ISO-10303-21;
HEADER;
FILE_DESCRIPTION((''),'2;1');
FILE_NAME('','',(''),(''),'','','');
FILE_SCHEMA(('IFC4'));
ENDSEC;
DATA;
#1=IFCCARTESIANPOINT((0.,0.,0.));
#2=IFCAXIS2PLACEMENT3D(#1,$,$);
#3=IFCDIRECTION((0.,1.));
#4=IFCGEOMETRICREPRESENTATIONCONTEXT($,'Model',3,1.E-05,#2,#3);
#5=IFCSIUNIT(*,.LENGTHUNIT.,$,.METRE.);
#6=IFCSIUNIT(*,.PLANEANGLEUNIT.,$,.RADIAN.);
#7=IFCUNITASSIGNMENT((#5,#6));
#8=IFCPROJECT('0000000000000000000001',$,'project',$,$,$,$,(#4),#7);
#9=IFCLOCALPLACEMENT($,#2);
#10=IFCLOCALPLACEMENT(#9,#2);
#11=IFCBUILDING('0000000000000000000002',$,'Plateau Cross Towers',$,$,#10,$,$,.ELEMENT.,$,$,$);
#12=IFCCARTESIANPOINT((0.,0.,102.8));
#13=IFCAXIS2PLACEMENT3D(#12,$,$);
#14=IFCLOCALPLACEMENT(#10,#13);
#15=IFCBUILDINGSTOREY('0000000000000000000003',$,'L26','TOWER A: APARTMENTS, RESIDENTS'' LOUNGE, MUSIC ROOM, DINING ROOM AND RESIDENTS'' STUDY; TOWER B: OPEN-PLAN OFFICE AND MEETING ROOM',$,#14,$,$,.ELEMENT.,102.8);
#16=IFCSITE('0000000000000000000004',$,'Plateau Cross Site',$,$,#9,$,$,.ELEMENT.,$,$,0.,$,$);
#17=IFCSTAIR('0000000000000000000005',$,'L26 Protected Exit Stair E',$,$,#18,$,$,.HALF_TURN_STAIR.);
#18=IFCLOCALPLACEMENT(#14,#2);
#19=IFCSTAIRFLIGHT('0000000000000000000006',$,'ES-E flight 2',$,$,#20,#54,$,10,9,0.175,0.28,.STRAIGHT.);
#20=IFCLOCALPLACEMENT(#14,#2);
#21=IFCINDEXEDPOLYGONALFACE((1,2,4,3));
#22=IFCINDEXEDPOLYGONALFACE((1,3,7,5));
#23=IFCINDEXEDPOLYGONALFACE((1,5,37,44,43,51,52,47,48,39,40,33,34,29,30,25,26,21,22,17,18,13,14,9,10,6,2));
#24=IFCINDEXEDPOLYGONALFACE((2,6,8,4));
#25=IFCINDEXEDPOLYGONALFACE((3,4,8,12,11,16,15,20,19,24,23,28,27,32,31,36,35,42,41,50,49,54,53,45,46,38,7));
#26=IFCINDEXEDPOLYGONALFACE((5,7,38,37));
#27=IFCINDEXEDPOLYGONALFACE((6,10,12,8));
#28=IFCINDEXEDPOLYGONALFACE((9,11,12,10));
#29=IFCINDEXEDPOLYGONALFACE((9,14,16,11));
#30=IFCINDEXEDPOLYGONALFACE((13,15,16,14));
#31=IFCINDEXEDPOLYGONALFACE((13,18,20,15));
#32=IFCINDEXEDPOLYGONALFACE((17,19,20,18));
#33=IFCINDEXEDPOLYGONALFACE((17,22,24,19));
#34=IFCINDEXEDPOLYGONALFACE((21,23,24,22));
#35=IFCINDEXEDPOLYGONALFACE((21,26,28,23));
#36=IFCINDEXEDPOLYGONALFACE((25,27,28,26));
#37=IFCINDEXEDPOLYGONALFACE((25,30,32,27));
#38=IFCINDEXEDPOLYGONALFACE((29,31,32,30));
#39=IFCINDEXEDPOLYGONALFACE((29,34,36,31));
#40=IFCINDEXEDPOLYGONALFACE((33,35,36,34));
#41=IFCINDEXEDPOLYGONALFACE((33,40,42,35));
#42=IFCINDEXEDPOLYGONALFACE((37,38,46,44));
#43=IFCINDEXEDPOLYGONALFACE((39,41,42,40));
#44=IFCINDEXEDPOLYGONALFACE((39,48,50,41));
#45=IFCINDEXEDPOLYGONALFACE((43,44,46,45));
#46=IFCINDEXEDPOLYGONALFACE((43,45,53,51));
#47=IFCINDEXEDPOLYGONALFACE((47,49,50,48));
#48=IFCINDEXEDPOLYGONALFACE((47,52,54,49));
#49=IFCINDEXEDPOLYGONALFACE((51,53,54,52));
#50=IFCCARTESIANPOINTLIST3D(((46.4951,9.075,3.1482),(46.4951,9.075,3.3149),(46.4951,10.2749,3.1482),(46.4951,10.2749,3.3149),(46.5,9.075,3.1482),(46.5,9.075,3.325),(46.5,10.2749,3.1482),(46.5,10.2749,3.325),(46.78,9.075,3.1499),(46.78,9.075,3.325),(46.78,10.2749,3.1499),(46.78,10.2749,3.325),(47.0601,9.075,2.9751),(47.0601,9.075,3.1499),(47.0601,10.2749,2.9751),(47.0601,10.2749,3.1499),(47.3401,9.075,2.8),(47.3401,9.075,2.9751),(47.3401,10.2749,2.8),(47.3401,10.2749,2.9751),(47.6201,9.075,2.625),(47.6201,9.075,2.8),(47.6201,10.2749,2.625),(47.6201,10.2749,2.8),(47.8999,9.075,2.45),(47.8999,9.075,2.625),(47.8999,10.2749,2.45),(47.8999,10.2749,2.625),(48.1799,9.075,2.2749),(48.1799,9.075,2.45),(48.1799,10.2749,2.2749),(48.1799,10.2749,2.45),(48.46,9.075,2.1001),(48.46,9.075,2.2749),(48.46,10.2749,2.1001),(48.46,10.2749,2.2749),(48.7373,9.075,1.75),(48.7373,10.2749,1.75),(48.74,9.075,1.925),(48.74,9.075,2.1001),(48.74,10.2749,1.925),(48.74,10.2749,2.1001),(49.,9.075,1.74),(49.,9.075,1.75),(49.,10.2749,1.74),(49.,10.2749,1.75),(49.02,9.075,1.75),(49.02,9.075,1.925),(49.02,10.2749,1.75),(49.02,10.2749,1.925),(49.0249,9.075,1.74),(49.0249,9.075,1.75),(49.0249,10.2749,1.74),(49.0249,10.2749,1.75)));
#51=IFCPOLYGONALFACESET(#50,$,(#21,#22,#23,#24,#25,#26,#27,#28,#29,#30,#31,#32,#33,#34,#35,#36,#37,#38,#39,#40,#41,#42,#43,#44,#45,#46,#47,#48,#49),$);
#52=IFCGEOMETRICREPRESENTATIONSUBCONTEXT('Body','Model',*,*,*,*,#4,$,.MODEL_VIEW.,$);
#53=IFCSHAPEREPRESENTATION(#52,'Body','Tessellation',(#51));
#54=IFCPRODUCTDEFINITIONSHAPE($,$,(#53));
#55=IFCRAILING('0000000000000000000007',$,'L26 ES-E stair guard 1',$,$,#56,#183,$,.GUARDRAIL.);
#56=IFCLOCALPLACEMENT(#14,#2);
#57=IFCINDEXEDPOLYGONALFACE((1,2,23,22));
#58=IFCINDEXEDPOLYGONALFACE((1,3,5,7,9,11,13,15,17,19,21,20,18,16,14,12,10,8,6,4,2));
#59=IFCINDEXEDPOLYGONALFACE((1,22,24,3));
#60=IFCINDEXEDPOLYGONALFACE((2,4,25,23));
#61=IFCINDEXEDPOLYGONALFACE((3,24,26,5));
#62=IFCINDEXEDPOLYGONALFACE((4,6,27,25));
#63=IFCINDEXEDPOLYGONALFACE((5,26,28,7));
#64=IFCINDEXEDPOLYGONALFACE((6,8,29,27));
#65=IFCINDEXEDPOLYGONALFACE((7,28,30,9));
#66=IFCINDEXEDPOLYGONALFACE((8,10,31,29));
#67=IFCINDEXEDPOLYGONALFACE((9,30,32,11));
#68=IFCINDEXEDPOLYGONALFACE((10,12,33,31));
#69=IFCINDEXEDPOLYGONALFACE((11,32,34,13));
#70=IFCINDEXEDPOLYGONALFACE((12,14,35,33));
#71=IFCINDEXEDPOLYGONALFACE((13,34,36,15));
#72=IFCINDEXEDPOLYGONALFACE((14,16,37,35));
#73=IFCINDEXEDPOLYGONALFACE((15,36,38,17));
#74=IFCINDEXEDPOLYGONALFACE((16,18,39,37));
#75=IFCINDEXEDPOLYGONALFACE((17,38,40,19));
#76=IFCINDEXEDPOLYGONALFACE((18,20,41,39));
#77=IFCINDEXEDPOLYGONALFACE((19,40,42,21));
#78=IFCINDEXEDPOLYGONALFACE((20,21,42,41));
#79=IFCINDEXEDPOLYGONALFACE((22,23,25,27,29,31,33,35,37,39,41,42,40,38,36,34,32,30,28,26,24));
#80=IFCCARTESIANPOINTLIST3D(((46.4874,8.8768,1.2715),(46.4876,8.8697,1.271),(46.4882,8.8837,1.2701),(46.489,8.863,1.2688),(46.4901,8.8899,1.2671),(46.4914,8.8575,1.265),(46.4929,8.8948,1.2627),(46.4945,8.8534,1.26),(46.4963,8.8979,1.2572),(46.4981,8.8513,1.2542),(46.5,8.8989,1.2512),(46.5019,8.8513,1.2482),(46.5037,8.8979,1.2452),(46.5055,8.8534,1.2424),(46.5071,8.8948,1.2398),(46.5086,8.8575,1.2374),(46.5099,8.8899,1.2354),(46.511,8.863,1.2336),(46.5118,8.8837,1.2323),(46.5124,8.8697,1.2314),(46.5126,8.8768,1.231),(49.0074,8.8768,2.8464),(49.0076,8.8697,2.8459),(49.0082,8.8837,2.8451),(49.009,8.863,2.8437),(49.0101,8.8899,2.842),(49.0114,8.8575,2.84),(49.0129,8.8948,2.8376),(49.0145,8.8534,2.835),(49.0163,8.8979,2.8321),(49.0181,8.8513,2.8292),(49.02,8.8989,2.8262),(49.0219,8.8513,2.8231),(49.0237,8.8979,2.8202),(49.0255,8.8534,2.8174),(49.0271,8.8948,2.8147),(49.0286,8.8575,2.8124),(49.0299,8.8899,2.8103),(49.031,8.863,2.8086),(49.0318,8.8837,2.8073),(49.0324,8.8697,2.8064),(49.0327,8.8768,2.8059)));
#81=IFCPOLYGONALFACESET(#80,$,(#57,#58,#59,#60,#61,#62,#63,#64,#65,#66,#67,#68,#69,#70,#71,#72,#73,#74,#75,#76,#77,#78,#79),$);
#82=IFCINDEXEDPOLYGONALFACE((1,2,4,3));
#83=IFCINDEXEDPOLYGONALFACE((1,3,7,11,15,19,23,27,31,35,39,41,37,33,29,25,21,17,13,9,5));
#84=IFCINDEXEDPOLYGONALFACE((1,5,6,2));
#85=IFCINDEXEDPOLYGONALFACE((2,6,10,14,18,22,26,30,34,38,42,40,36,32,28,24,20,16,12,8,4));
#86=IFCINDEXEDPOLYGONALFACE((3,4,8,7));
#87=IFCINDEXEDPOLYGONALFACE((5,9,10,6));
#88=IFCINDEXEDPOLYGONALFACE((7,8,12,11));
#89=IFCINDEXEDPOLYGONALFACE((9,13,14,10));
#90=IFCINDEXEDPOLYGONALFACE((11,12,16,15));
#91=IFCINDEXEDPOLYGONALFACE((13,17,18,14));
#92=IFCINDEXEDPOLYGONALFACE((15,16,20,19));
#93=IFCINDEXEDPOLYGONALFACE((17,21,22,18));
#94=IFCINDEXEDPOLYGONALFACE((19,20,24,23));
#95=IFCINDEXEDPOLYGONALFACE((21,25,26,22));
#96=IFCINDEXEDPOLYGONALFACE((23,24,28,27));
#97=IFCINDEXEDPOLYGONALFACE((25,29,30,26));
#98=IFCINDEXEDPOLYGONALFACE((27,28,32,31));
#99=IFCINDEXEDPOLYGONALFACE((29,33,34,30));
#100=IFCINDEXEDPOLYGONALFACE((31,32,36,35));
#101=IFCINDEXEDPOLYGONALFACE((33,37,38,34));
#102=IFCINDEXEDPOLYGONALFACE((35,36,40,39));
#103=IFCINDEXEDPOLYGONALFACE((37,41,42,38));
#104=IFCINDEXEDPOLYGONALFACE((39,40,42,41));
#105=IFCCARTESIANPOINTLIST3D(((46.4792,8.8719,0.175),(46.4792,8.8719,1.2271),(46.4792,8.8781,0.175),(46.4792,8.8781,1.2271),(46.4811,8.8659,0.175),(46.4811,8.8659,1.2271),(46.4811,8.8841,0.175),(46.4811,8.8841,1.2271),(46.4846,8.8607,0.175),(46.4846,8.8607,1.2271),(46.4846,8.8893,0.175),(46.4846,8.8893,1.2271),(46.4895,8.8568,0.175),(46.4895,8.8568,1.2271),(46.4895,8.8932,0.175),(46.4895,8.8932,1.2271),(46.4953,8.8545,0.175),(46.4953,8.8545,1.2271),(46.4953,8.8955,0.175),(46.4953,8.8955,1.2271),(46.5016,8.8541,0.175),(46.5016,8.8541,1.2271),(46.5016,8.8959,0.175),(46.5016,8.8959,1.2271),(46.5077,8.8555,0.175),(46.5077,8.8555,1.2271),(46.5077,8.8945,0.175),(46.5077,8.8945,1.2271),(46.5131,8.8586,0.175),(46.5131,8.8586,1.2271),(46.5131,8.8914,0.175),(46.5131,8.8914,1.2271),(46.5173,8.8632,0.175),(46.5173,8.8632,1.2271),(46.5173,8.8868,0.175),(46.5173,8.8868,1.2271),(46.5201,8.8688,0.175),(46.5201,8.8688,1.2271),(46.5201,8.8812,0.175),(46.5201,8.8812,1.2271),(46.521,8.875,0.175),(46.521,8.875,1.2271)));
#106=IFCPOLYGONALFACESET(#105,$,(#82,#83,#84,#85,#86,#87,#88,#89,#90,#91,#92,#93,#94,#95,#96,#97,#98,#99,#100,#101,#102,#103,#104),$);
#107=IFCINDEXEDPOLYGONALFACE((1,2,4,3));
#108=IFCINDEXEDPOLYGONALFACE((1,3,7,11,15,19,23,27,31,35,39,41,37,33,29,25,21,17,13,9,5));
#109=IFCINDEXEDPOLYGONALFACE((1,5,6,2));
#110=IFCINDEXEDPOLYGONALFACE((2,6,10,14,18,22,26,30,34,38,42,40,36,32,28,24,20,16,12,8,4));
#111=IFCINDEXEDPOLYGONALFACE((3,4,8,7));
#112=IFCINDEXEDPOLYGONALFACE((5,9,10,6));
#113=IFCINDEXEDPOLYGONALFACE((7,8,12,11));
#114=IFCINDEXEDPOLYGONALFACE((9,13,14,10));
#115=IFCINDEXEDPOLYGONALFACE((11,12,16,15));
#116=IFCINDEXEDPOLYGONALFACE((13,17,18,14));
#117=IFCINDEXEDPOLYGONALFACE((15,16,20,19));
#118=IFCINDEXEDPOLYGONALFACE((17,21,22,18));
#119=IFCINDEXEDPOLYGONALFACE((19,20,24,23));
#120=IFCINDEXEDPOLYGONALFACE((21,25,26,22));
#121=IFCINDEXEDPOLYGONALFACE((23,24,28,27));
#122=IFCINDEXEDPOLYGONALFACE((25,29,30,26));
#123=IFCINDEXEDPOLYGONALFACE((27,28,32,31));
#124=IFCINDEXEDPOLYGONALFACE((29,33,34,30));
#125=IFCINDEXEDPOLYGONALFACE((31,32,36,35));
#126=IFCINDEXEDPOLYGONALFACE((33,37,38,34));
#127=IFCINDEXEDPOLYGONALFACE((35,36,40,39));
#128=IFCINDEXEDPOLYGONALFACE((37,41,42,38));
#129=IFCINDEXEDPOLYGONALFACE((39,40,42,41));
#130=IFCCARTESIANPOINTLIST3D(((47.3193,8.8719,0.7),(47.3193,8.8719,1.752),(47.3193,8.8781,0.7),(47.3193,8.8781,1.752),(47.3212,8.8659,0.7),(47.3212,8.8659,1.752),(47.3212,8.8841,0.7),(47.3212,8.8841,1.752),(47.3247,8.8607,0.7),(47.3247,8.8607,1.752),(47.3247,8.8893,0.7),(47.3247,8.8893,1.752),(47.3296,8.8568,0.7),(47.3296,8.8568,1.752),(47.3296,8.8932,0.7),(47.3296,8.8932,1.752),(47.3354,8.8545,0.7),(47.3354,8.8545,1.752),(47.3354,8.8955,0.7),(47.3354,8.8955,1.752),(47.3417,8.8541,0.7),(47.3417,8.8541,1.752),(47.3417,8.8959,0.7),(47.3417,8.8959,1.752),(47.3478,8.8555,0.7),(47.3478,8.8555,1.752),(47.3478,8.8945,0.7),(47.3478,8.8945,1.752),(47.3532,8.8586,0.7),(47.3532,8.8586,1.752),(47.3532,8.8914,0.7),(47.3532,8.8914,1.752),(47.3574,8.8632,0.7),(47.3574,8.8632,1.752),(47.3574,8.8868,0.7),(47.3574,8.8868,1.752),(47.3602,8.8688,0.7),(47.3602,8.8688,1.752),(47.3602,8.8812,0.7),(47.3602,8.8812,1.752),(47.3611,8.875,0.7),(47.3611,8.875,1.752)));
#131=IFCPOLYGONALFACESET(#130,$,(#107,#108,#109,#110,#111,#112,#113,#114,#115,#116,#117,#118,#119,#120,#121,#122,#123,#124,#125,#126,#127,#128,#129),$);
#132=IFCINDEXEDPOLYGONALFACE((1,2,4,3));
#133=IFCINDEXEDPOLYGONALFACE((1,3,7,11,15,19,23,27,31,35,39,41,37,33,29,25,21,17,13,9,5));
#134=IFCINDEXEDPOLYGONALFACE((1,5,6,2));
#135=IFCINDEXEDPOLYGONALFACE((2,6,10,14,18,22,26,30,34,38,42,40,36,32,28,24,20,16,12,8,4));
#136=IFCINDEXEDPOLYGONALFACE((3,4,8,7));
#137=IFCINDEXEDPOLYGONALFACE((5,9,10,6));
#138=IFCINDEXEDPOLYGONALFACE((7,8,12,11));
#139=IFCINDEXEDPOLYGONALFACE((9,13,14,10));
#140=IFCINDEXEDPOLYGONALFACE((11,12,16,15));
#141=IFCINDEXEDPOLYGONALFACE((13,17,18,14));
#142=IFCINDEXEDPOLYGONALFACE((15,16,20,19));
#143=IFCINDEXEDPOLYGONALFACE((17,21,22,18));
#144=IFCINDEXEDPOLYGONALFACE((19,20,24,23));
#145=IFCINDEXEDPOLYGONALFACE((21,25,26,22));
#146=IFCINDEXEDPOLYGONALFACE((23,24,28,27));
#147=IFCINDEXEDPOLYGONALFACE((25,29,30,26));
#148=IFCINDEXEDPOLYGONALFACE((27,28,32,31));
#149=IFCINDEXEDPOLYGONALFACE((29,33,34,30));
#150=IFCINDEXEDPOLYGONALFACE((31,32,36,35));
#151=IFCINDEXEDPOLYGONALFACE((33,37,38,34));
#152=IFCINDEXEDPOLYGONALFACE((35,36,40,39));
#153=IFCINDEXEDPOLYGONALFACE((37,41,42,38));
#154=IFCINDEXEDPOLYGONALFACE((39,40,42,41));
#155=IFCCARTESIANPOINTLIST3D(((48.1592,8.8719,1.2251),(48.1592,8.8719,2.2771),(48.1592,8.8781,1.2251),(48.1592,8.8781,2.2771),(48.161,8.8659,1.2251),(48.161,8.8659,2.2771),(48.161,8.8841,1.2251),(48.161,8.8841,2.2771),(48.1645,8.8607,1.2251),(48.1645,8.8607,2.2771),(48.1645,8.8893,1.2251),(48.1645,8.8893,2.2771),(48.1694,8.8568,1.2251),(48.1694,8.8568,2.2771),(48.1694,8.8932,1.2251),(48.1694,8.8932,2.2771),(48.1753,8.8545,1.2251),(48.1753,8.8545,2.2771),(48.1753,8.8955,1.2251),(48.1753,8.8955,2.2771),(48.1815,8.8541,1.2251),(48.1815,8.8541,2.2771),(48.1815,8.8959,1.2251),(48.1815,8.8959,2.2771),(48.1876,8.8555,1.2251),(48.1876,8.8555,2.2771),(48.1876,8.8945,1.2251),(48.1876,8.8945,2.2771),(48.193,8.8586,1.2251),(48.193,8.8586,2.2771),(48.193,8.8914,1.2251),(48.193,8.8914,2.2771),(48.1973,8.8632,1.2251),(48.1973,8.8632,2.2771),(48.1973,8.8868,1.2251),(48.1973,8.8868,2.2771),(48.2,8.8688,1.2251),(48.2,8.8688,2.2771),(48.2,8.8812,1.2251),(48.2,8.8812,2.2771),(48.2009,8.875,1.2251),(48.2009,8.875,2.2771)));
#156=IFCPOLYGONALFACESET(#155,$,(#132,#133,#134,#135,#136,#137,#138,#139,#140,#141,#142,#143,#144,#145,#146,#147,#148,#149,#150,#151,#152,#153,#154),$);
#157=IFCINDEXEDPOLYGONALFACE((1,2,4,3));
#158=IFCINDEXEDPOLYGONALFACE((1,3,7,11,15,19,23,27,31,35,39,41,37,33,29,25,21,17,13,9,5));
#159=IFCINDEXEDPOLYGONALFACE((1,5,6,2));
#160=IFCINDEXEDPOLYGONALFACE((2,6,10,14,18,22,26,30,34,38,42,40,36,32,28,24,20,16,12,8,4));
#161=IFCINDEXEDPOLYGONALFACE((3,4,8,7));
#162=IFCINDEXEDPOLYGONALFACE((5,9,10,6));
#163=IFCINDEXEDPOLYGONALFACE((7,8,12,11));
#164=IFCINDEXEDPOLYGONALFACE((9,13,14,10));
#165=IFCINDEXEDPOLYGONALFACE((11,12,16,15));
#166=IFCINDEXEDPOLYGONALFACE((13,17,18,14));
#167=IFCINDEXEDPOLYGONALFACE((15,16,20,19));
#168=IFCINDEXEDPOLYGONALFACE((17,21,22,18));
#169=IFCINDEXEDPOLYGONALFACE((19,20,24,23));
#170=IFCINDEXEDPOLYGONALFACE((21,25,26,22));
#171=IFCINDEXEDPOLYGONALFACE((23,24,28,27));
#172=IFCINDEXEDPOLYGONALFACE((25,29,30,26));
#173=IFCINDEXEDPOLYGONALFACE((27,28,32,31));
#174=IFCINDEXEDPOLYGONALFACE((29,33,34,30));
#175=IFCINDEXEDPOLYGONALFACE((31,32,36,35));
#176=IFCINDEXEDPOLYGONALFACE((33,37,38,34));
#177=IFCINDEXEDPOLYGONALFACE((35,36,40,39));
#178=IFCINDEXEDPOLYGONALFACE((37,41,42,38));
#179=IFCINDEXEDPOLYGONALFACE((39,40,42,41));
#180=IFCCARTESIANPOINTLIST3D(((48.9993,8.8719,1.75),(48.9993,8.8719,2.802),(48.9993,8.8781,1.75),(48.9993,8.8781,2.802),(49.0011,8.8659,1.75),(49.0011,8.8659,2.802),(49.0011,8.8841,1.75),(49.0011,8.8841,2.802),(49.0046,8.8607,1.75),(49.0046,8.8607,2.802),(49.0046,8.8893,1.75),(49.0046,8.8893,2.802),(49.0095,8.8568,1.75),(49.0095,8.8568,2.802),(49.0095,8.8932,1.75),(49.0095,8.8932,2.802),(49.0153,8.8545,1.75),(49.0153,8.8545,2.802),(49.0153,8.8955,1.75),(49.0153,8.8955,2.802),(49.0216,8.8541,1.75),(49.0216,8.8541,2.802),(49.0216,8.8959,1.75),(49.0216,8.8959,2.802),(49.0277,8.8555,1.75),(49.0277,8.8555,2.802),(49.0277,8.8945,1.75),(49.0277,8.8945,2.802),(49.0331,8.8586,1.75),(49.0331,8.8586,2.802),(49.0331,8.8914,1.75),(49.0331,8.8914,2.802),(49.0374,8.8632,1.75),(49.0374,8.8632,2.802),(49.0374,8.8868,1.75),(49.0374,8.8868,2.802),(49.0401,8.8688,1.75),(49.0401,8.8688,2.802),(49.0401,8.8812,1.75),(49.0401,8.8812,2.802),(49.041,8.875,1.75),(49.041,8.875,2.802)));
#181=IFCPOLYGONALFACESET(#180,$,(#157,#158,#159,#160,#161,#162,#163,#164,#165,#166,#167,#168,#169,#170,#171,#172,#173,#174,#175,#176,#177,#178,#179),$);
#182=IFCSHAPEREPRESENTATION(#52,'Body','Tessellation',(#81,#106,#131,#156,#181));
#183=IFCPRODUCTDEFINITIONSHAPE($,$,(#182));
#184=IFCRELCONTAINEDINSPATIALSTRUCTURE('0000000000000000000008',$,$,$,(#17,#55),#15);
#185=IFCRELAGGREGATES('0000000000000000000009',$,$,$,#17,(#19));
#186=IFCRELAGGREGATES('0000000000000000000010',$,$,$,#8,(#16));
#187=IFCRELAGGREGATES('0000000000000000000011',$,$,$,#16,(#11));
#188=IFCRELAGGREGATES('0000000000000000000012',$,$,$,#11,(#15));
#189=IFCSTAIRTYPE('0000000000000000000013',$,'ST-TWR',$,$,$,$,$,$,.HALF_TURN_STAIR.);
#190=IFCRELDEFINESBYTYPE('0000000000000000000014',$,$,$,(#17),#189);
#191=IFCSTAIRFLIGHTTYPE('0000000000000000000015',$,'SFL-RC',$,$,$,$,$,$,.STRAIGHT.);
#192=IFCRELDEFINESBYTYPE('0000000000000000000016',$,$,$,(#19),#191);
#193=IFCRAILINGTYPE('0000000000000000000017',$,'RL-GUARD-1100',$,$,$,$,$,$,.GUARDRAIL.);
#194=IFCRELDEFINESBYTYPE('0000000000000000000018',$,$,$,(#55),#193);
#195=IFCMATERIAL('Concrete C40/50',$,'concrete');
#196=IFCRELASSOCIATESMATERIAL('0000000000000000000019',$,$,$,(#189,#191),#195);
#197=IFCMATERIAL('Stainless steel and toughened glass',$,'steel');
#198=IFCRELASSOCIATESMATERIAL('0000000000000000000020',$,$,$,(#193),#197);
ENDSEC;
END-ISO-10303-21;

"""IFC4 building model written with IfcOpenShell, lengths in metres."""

from ifc_helpers import new_model, si_unit, direction, frame, origin, origin_2d, place, context, subcontext, project, spatial, polyline, circle, outline, extrude, material, type_object, element, aggregate, save


model = new_model("IFC4")

# Units and contexts
model_context = context("Model", 3, precision=1e-05, world=origin(), true_north=direction((0.0, 1.0)))
body_context = subcontext(model_context, "Body", "Model", "MODEL_VIEW")
ifc_project = project(units=[si_unit("LENGTHUNIT", "METRE"), si_unit("PLANEANGLEUNIT", "RADIAN")], contexts=[model_context])

# Site, building, storey
site_placement = place(None, origin())
site = spatial("IfcSite", under=ifc_project, at=site_placement, Name="Plateau Cross Site", CompositionType="ELEMENT", RefElevation=0.0)
building_placement = place(site_placement, origin())
building = spatial("IfcBuilding", under=site, at=building_placement, Name="Plateau Cross Towers", CompositionType="ELEMENT")
storey_placement = place(building_placement, frame((0.0, 0.0, 102.8)))
storey = spatial("IfcBuildingStorey", under=building, at=storey_placement, Name="L26", Description="TOWER A: APARTMENTS, RESIDENTS' LOUNGE, MUSIC ROOM, DINING ROOM AND RESIDENTS' STUDY; TOWER B: OPEN-PLAN OFFICE AND MEETING ROOM", CompositionType="ELEMENT", Elevation=102.8)

# Stair, stair flight
ifc_material_1 = material(Name="Concrete C40/50", Category="concrete")
stair_type = type_object("IfcStairType", Name="ST-TWR", PredefinedType="HALF_TURN_STAIR", material=ifc_material_1)
stair_placement = place(storey_placement, origin())
stair = element("IfcStair", 1, at=stair_placement, inside=storey, type_object=stair_type, Name="L26 Protected Exit Stair E", PredefinedType="HALF_TURN_STAIR")
stair_flight_type = type_object("IfcStairFlightType", Name="SFL-RC", PredefinedType="STRAIGHT", material=ifc_material_1)
stair_flight_1_placement = place(storey_placement, frame((49.02, 9.675, 1.75), z_axis=(0.0, 0.0, 1.0), x_axis=(-1.0, 0.0, 0.0)))
stair_flight_1 = element("IfcStairFlight", 2, at=stair_flight_1_placement, type_object=stair_flight_type, Name="ES-E flight 2", NumberOfRisers=10, NumberOfTreads=9, PredefinedType="STRAIGHT", RiserHeight=0.175, TreadLength=0.28, context=body_context, shape_type="SweptSolid", body=[
    extrude(outline(polyline([(-0.0049, -0.01), (-0.0049, 0.0), (0.0, 0.0), (0.0, 0.175), (0.28, 0.175), (0.28, 0.3501), (0.5601, 0.3501), (0.5601, 0.5249), (0.8401, 0.5249), (0.8401, 0.7), (1.1201, 0.7), (1.1201, 0.875), (1.3999, 0.875), (1.3999, 1.05), (1.6799, 1.05), (1.6799, 1.2251), (1.96, 1.2251), (1.96, 1.3999), (2.24, 1.3999), (2.24, 1.575), (2.52, 1.575), (2.5249, 1.5649), (2.5249, 1.3982), (2.52, 1.3982), (0.2827, 0.0), (0.02, 0.0), (0.02, -0.01), (-0.0049, -0.01)])), frame((0.0, 0.6001, 0.0), z_axis=(0.0, -1.0, 0.0), x_axis=(1.0, 0.0, 0.0)), (0.0, 0.0, 1.0), 1.2),
])
aggregate(stair, [stair_flight_1])

# Railing
ifc_material_2 = material(Name="Stainless steel and toughened glass", Category="steel")
railing_type_1 = type_object("IfcRailingType", Name="RL-GUARD-1100", PredefinedType="GUARDRAIL", material=ifc_material_2)
railing_1_placement = place(storey_placement, frame((46.5, 8.875, 0.175)))
element("IfcRailing", 3, at=railing_1_placement, inside=storey, type_object=railing_type_1, Name="L26 ES-E stair guard 1", PredefinedType="GUARDRAIL", context=body_context, shape_type="SweptSolid", body=[
    extrude(circle(Radius=0.0239, at=origin_2d()), frame((0.0, 0.0, 1.0762), z_axis=(0.848008, 0.0, 0.529984), x_axis=(0.0, 1.0, 0.0)), (0.0, 0.0, 1.0), 2.9717),
    extrude(circle(Radius=0.021, at=origin_2d()), origin(), (0.0, 0.0, 1.0), 1.052),
    extrude(circle(Radius=0.021, at=origin_2d()), frame((0.8401, 0.0, 0.5249)), (0.0, 0.0, 1.0), 1.052),
    extrude(circle(Radius=0.021, at=origin_2d()), frame((1.6799, 0.0, 1.05)), (0.0, 0.0, 1.0), 1.052),
    extrude(circle(Radius=0.021, at=origin_2d()), frame((2.52, 0.0, 1.575)), (0.0, 0.0, 1.0), 1.052),
])

save(model, "model.ifc")
